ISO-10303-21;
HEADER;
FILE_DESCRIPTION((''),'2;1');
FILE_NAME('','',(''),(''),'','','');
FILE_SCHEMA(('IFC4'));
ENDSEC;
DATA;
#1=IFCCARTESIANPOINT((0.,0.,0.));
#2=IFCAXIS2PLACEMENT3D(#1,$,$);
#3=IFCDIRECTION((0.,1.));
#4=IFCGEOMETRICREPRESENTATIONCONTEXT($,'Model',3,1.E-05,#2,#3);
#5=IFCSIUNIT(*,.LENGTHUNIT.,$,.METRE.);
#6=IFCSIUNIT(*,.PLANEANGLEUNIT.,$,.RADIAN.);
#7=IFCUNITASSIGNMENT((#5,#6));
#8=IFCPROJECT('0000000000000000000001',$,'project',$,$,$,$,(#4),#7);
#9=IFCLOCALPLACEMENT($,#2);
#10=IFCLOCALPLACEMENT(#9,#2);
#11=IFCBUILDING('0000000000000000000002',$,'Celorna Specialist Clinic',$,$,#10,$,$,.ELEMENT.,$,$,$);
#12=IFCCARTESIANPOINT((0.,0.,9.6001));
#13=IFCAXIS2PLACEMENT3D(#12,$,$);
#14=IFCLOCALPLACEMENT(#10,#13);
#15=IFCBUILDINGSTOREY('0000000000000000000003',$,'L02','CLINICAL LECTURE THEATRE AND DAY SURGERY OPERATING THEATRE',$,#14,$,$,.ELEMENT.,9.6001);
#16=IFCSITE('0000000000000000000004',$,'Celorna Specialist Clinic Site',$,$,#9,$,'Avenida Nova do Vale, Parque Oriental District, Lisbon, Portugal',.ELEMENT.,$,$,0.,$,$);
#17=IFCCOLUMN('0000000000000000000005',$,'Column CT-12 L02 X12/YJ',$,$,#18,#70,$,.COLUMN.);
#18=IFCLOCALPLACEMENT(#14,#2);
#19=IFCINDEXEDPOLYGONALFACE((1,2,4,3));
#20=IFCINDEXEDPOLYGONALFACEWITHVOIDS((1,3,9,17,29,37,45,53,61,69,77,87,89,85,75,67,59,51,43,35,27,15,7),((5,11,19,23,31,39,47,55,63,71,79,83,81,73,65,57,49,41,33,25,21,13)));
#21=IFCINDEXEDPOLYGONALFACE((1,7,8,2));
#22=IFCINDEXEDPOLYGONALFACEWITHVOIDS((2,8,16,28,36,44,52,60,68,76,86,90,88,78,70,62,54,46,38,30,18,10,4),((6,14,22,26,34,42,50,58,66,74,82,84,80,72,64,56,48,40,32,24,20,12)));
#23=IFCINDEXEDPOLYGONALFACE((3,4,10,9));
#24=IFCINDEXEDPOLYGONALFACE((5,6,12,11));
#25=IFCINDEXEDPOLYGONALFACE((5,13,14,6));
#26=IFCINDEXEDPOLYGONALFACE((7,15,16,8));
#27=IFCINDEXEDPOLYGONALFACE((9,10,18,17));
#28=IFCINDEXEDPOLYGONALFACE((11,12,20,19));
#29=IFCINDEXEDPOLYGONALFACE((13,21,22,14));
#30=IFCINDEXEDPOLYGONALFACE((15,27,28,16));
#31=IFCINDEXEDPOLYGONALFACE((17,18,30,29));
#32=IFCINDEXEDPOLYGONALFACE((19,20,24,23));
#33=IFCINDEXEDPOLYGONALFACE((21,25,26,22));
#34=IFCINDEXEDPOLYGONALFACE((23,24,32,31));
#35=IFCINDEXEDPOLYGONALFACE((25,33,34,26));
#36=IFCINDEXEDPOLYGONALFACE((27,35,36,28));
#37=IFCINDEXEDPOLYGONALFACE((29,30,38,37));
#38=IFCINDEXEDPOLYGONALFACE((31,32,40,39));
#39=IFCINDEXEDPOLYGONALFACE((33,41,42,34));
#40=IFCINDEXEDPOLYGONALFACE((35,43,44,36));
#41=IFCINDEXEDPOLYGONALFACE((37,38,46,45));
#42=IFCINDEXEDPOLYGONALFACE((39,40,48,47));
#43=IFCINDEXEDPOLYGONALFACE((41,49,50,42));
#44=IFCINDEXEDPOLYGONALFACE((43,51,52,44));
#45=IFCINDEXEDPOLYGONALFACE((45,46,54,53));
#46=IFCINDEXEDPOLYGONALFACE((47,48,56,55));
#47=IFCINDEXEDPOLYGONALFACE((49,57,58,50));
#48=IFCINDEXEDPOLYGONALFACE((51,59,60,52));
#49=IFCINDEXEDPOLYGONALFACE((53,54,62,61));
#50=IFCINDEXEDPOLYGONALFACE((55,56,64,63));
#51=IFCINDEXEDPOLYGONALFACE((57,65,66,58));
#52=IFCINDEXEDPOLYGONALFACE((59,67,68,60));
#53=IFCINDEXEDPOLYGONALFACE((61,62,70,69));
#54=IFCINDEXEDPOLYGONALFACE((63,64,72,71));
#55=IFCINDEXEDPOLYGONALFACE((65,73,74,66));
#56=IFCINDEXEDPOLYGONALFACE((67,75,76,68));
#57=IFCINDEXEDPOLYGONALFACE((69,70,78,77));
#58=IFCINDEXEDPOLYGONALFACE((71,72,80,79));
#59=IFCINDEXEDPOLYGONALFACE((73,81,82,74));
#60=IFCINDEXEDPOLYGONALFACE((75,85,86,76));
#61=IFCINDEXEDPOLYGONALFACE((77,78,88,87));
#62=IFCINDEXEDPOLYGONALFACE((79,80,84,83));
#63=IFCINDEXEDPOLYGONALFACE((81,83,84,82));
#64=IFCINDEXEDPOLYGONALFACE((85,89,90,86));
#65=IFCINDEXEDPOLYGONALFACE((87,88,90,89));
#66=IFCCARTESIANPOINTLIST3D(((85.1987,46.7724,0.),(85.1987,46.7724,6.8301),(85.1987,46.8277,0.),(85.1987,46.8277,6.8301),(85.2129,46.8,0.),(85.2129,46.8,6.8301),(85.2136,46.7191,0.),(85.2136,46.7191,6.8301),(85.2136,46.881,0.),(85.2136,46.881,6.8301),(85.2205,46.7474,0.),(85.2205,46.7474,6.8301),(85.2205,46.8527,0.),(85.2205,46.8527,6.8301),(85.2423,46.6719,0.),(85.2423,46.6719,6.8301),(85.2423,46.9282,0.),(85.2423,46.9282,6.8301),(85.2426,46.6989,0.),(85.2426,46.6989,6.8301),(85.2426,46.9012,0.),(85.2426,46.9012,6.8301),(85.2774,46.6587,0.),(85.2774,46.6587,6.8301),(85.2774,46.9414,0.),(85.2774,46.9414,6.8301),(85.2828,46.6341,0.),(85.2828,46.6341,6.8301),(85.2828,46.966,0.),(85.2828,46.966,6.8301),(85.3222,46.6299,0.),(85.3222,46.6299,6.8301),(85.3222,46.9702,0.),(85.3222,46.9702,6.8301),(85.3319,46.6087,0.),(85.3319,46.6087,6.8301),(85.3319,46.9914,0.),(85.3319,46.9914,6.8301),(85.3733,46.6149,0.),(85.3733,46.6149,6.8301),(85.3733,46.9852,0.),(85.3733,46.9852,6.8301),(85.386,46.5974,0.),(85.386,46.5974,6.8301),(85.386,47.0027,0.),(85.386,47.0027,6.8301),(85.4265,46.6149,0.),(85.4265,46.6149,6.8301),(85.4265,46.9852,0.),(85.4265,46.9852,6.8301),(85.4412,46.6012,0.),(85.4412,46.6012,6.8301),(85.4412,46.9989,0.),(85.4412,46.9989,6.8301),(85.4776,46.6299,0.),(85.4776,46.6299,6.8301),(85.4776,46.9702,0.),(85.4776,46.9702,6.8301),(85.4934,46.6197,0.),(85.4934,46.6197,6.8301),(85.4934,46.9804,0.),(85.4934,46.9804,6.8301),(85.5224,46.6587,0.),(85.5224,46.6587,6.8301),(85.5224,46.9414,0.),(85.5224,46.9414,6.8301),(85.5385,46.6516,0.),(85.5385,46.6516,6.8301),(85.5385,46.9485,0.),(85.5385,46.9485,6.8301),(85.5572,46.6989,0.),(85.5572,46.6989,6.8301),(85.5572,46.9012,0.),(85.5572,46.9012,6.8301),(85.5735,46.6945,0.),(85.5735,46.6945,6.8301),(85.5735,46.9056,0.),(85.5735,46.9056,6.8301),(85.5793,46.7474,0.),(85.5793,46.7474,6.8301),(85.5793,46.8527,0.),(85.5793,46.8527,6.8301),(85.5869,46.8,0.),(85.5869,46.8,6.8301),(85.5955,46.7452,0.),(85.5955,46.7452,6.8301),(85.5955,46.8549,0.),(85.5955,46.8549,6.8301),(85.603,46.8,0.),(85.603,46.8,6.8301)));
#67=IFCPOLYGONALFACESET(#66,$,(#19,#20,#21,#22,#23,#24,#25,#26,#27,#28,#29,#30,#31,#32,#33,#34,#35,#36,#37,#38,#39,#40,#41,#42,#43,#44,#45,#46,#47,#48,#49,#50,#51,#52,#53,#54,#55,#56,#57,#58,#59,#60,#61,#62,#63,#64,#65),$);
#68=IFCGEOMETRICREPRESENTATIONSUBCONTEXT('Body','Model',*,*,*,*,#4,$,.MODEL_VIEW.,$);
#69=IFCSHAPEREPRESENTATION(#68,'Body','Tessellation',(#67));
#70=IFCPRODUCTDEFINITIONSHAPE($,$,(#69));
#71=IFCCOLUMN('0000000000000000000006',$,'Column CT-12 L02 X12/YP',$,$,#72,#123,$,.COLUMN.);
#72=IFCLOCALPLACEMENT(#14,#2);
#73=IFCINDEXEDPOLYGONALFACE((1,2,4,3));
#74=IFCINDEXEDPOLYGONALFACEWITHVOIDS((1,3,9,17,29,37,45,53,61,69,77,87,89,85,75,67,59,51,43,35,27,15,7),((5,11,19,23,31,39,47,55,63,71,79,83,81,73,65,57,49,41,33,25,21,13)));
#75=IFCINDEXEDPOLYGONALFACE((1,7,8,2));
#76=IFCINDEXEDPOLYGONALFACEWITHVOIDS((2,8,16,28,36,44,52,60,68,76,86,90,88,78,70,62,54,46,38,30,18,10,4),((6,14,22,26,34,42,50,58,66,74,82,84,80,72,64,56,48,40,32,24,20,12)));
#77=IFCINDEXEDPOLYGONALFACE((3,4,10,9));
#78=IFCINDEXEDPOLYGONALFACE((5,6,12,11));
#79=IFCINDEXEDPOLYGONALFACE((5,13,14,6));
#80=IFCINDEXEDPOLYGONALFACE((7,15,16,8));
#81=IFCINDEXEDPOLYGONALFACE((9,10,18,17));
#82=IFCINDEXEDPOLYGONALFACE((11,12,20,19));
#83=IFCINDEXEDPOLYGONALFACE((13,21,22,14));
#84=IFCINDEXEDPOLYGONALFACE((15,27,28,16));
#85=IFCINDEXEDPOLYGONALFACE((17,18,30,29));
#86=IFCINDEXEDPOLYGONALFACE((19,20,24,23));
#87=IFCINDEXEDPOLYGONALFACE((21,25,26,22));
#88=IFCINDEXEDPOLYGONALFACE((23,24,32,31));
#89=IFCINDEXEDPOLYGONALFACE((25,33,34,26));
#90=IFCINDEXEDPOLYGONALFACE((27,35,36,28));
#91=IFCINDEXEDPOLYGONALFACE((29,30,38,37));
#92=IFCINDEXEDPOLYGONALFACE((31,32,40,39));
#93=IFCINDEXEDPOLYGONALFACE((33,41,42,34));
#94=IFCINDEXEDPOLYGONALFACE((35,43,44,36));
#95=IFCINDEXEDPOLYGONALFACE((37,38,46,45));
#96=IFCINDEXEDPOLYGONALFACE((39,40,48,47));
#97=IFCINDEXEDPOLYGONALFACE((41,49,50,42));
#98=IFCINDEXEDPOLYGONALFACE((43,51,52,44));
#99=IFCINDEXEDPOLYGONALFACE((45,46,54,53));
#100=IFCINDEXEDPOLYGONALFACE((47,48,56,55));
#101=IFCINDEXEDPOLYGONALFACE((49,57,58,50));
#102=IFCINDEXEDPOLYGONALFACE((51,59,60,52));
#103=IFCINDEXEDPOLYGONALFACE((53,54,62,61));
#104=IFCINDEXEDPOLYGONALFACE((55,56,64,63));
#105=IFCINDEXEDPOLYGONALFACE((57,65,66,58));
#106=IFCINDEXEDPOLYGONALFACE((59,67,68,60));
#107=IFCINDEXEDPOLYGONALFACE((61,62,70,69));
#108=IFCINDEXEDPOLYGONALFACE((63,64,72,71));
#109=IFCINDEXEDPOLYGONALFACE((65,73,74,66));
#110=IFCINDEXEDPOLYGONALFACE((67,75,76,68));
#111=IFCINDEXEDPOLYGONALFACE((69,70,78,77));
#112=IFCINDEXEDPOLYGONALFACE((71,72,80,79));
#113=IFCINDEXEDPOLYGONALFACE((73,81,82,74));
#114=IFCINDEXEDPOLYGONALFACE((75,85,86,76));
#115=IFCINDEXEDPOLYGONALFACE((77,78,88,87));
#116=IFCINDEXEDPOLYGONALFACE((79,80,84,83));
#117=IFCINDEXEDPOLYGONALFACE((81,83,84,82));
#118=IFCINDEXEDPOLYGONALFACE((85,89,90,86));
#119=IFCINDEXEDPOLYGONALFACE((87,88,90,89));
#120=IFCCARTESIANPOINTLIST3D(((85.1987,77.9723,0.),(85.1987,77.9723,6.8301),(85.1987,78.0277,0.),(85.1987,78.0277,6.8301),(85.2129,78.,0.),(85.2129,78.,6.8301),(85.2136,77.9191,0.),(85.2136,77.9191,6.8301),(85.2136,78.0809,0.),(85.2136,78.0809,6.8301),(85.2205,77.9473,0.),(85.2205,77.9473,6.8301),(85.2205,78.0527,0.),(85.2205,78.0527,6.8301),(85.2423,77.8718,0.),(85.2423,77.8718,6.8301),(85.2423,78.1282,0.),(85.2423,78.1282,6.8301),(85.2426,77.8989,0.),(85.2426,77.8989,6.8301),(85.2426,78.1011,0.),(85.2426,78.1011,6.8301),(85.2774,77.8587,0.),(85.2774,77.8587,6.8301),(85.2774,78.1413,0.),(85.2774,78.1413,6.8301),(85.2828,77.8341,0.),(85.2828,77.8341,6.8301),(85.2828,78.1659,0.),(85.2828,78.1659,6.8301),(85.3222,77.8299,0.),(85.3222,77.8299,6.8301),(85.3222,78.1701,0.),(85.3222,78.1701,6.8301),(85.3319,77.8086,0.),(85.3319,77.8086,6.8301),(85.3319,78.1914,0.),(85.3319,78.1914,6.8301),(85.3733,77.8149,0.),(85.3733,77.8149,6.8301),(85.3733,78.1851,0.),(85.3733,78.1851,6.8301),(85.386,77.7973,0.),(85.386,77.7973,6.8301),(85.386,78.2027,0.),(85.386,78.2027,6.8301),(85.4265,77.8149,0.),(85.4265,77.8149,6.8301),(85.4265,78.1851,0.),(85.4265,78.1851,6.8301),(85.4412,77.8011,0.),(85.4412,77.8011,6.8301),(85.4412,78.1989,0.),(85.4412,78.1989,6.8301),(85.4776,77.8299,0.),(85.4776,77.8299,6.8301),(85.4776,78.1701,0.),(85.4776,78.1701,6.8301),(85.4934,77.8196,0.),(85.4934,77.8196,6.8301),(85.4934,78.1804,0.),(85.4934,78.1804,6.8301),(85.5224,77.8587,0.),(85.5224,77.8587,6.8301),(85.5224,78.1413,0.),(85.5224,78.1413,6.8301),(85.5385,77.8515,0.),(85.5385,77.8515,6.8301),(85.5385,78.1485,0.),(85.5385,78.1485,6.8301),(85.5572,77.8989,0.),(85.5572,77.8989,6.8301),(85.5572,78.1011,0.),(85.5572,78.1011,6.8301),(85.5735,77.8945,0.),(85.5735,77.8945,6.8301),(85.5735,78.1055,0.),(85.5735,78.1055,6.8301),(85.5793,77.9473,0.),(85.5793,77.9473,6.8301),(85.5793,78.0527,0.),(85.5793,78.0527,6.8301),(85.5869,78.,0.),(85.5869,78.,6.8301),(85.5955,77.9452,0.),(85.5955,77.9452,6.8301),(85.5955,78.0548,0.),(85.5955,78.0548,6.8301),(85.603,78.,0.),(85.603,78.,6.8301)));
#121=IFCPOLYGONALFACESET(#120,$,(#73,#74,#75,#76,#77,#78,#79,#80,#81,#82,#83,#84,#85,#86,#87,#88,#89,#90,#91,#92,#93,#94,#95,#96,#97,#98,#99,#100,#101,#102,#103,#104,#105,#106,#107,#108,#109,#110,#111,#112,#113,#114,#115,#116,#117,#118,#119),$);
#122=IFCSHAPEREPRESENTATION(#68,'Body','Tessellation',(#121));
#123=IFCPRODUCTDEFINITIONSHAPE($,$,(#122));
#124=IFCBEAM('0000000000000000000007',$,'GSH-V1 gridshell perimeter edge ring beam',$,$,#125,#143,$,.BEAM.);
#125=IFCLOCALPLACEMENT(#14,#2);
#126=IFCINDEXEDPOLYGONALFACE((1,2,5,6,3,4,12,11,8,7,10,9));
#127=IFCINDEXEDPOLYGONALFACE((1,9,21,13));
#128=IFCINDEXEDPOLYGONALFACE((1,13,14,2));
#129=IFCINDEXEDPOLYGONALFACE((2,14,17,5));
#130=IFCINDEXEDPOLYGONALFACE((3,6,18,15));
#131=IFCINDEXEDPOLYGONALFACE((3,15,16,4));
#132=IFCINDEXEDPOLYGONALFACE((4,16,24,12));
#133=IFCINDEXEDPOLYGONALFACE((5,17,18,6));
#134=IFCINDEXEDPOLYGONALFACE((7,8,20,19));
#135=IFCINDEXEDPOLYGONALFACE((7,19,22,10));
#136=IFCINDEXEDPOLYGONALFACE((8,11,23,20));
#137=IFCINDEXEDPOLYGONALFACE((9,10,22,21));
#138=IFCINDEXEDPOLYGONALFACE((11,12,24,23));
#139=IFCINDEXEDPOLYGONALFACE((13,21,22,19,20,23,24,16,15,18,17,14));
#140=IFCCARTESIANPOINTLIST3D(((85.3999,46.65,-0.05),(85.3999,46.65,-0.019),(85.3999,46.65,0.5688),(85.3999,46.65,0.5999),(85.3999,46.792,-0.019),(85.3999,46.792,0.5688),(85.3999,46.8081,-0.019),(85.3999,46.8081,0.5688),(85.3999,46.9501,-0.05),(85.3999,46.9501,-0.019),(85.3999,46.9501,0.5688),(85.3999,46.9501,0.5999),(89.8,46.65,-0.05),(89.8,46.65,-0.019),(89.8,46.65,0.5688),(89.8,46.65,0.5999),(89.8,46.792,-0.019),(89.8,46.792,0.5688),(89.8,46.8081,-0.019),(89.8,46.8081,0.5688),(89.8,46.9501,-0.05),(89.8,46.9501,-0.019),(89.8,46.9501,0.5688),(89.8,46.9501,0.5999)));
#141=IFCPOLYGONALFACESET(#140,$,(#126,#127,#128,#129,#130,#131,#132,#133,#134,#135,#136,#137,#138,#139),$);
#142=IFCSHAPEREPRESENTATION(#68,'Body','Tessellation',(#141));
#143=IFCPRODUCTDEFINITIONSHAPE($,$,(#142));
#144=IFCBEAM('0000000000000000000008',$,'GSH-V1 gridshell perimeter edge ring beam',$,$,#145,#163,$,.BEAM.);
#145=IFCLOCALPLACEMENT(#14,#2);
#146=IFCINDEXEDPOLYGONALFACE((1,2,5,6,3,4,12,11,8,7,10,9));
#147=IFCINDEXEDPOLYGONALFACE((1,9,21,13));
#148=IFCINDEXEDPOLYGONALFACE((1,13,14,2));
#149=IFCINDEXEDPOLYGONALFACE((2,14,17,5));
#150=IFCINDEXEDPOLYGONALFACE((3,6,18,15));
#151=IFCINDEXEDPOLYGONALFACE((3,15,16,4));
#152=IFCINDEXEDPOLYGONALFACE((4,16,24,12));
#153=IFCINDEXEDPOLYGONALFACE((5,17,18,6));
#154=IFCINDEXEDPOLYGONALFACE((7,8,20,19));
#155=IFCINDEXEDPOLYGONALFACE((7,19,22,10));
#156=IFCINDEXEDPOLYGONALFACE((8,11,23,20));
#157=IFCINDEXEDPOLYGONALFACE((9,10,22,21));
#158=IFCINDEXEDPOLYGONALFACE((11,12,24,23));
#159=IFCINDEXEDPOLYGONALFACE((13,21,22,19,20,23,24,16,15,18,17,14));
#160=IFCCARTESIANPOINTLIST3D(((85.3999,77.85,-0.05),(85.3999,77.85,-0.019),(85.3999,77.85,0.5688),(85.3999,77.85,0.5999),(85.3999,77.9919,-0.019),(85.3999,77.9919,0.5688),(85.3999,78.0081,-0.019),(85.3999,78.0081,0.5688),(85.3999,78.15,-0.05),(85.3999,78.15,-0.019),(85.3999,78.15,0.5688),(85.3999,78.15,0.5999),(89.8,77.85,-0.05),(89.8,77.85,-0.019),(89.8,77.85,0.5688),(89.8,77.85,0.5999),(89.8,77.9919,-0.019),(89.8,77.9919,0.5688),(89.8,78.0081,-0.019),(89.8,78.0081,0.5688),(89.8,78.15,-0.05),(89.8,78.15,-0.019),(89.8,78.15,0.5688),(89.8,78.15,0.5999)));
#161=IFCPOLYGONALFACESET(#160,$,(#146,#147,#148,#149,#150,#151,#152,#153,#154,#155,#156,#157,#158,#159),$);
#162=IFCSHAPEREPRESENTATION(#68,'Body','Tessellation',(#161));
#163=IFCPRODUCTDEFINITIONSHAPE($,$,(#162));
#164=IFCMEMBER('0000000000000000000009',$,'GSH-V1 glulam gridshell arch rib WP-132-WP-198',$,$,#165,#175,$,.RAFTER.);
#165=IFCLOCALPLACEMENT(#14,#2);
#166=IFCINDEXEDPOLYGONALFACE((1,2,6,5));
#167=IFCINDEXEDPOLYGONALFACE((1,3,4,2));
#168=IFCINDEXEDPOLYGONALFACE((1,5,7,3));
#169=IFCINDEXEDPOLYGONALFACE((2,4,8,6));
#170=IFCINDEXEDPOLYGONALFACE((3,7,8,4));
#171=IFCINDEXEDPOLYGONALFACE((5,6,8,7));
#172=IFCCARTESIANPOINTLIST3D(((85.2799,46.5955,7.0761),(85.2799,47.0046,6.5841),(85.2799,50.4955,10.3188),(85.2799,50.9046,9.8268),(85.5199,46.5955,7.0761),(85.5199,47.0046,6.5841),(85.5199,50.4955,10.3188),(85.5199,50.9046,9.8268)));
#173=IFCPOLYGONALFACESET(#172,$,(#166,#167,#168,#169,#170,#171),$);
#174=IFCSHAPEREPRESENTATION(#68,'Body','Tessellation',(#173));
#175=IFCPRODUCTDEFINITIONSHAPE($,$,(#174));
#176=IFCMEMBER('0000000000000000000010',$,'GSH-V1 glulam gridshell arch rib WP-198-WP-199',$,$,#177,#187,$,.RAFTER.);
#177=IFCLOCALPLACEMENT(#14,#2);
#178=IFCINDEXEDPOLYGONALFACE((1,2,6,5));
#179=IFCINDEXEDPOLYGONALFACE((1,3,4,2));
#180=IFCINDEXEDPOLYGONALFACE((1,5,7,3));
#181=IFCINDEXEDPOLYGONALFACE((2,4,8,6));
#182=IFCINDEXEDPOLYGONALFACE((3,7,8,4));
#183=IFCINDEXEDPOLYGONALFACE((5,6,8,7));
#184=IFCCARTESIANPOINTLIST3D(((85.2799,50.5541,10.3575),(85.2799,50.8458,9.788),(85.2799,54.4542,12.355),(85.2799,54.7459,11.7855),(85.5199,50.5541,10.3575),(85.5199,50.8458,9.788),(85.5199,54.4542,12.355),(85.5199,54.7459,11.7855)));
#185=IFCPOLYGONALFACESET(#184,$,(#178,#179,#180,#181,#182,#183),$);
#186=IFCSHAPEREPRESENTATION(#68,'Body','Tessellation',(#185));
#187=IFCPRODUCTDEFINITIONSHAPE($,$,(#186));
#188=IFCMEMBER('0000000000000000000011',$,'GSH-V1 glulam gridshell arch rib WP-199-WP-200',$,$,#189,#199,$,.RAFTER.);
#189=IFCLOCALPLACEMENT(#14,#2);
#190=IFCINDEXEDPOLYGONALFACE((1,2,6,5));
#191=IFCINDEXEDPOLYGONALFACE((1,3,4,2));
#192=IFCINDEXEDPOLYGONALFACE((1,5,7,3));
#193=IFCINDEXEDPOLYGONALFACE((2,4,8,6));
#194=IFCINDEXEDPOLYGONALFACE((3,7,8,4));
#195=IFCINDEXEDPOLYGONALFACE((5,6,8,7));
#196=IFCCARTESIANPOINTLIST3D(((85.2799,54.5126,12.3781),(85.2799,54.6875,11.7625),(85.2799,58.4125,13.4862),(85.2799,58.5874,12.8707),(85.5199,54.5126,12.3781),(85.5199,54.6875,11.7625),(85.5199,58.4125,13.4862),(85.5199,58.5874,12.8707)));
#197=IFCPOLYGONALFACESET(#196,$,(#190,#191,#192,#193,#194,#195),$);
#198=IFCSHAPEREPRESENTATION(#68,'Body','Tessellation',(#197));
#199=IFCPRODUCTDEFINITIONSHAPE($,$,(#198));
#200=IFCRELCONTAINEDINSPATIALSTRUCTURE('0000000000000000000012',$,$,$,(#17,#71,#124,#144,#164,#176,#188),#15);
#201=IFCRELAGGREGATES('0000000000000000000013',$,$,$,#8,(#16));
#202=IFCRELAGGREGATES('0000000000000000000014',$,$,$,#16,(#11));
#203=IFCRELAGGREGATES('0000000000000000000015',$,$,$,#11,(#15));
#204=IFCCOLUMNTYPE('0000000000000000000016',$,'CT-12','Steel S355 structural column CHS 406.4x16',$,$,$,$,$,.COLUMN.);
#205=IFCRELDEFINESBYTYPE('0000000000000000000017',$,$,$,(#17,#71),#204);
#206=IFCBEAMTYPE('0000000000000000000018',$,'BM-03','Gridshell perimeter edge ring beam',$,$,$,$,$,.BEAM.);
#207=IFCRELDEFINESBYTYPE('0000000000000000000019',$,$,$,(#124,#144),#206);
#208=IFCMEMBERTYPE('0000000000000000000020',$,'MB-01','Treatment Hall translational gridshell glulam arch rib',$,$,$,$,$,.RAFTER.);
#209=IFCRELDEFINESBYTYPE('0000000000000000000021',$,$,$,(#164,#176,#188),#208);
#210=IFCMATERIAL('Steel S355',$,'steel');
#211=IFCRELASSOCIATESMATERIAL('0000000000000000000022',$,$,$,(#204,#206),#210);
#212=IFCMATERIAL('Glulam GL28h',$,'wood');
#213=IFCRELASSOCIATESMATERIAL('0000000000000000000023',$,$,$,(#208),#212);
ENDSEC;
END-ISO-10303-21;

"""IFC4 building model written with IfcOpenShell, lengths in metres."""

from ifc_helpers import new_model, si_unit, direction, frame, origin, origin_2d, place, context, subcontext, project, spatial, rectangle, hollow_circle, i_section, extrude, material, material_profile, profile_set, type_object, element, save


model = new_model("IFC4")

# Units and contexts
model_context = context("Model", 3, precision=1e-05, world=origin(), true_north=direction((0.0, 1.0)))
body_context = subcontext(model_context, "Body", "Model", "MODEL_VIEW")
ifc_project = project(units=[si_unit("LENGTHUNIT", "METRE"), si_unit("PLANEANGLEUNIT", "RADIAN")], contexts=[model_context])

# Site, building, storey
site_placement = place(None, origin())
site = spatial("IfcSite", under=ifc_project, at=site_placement, Name="Celorna Specialist Clinic Site", LongName="Avenida Nova do Vale, Parque Oriental District, Lisbon, Portugal", CompositionType="ELEMENT", RefElevation=0.0)
building_placement = place(site_placement, origin())
building = spatial("IfcBuilding", under=site, at=building_placement, Name="Celorna Specialist Clinic", CompositionType="ELEMENT")
storey_placement = place(building_placement, frame((0.0, 0.0, 9.6001)))
storey = spatial("IfcBuildingStorey", under=building, at=storey_placement, Name="L02", Description="CLINICAL LECTURE THEATRE AND DAY SURGERY OPERATING THEATRE", CompositionType="ELEMENT", Elevation=9.6001)

# Columns
ifc_material_1 = material(Name="Steel S355", Category="steel")
ifc_material_profile_1 = material_profile(ifc_material_1, hollow_circle(Radius=0.2031, WallThickness=0.0161, at=origin_2d()), Name="CHS 406.4x16")
ifc_profile_set_1 = profile_set([ifc_material_profile_1], Name="Steel S355")
column_type = type_object("IfcColumnType", Name="CT-12", Description="Steel S355 structural column CHS 406.4x16", PredefinedType="COLUMN", material=ifc_profile_set_1)
for number, where, z_axis, x_axis, name in (
    (1, (85.3999, 46.8, 0.0), (0.0, 0.0, 1.0), (1.0, 0.0, 0.0), "Column CT-12 L02 X12/YJ"),
    (2, (85.3999, 78.0, 0.0), (0.0, 0.0, 1.0), (1.0, 0.0, 0.0), "Column CT-12 L02 X12/YP"),
):
    element("IfcColumn", number, at=place(storey_placement, frame(where, z_axis=z_axis, x_axis=x_axis)), inside=storey, type_object=column_type, Name=name, PredefinedType="COLUMN", context=body_context, shape_type="SweptSolid", body=[
        extrude(hollow_circle(Radius=0.2031, WallThickness=0.0161, at=origin_2d()), origin(), (0.0, 0.0, 1.0), 6.8301),
    ])

# Beams
ifc_material_profile_2 = material_profile(ifc_material_1, i_section(OverallWidth=0.3, OverallDepth=0.6499, WebThickness=0.0161, FlangeThickness=0.031, at=origin_2d()), Name="HE 650 B")
ifc_profile_set_2 = profile_set([ifc_material_profile_2], Name="Steel S355")
beam_type = type_object("IfcBeamType", Name="BM-03", Description="Gridshell perimeter edge ring beam", PredefinedType="BEAM", material=ifc_profile_set_2)
for number, where, z_axis, x_axis, name in (
    (3, (85.3999, 46.8, 0.2749), (1.0, 0.0, 0.0), (0.0, 1.0, 0.0), "GSH-V1 gridshell perimeter edge ring beam"),
    (4, (85.3999, 78.0, 0.2749), (1.0, 0.0, 0.0), (0.0, 1.0, 0.0), "GSH-V1 gridshell perimeter edge ring beam"),
):
    element("IfcBeam", number, at=place(storey_placement, frame(where, z_axis=z_axis, x_axis=x_axis)), inside=storey, type_object=beam_type, Name=name, PredefinedType="BEAM", context=body_context, shape_type="SweptSolid", body=[
        extrude(i_section(OverallWidth=0.3, OverallDepth=0.6499, WebThickness=0.0161, FlangeThickness=0.031, at=origin_2d()), origin(), (0.0, 0.0, 1.0), 4.4001),
    ])

# Members
ifc_material_2 = material(Name="Glulam GL28h", Category="wood")
ifc_material_profile_3 = material_profile(ifc_material_2, rectangle(XDim=0.24, YDim=0.6399, at=origin_2d()), Name="GL28h 240x640")
ifc_profile_set_3 = profile_set([ifc_material_profile_3], Name="Glulam GL28h")
member_type_1 = type_object("IfcMemberType", Name="MB-01", Description="Treatment Hall translational gridshell glulam arch rib", PredefinedType="RAFTER", material=ifc_profile_set_3)
member_1_placement = place(storey_placement, frame((85.3999, 46.8, 6.8301), z_axis=(0.0, 0.768923, 0.639341), x_axis=(-1.0, 0.0, 0.0)))
element("IfcMember", 5, at=member_1_placement, inside=storey, type_object=member_type_1, Name="GSH-V1 glulam gridshell arch rib WP-132-WP-198", PredefinedType="RAFTER", context=body_context, shape_type="SweptSolid", body=[
    extrude(rectangle(XDim=0.24, YDim=0.6399, at=origin_2d()), origin(), (0.0, 0.0, 1.0), 5.072),
])
member_2_placement = place(storey_placement, frame((85.3999, 50.7, 10.0728), z_axis=(0.0, 0.890051, 0.455862), x_axis=(-1.0, 0.0, 0.0)))
element("IfcMember", 6, at=member_2_placement, inside=storey, type_object=member_type_1, Name="GSH-V1 glulam gridshell arch rib WP-198-WP-199", PredefinedType="RAFTER", context=body_context, shape_type="SweptSolid", body=[
    extrude(rectangle(XDim=0.24, YDim=0.6399, at=origin_2d()), origin(), (0.0, 0.0, 1.0), 4.3818),
])
member_3_placement = place(storey_placement, frame((85.3999, 54.6001, 12.0703), z_axis=(0.0, 0.961921, 0.273329), x_axis=(-1.0, 0.0, 0.0)))
element("IfcMember", 7, at=member_3_placement, inside=storey, type_object=member_type_1, Name="GSH-V1 glulam gridshell arch rib WP-199-WP-200", PredefinedType="RAFTER", context=body_context, shape_type="SweptSolid", body=[
    extrude(rectangle(XDim=0.24, YDim=0.6399, at=origin_2d()), origin(), (0.0, 0.0, 1.0), 4.0542),
])

save(model, "model.ifc")
